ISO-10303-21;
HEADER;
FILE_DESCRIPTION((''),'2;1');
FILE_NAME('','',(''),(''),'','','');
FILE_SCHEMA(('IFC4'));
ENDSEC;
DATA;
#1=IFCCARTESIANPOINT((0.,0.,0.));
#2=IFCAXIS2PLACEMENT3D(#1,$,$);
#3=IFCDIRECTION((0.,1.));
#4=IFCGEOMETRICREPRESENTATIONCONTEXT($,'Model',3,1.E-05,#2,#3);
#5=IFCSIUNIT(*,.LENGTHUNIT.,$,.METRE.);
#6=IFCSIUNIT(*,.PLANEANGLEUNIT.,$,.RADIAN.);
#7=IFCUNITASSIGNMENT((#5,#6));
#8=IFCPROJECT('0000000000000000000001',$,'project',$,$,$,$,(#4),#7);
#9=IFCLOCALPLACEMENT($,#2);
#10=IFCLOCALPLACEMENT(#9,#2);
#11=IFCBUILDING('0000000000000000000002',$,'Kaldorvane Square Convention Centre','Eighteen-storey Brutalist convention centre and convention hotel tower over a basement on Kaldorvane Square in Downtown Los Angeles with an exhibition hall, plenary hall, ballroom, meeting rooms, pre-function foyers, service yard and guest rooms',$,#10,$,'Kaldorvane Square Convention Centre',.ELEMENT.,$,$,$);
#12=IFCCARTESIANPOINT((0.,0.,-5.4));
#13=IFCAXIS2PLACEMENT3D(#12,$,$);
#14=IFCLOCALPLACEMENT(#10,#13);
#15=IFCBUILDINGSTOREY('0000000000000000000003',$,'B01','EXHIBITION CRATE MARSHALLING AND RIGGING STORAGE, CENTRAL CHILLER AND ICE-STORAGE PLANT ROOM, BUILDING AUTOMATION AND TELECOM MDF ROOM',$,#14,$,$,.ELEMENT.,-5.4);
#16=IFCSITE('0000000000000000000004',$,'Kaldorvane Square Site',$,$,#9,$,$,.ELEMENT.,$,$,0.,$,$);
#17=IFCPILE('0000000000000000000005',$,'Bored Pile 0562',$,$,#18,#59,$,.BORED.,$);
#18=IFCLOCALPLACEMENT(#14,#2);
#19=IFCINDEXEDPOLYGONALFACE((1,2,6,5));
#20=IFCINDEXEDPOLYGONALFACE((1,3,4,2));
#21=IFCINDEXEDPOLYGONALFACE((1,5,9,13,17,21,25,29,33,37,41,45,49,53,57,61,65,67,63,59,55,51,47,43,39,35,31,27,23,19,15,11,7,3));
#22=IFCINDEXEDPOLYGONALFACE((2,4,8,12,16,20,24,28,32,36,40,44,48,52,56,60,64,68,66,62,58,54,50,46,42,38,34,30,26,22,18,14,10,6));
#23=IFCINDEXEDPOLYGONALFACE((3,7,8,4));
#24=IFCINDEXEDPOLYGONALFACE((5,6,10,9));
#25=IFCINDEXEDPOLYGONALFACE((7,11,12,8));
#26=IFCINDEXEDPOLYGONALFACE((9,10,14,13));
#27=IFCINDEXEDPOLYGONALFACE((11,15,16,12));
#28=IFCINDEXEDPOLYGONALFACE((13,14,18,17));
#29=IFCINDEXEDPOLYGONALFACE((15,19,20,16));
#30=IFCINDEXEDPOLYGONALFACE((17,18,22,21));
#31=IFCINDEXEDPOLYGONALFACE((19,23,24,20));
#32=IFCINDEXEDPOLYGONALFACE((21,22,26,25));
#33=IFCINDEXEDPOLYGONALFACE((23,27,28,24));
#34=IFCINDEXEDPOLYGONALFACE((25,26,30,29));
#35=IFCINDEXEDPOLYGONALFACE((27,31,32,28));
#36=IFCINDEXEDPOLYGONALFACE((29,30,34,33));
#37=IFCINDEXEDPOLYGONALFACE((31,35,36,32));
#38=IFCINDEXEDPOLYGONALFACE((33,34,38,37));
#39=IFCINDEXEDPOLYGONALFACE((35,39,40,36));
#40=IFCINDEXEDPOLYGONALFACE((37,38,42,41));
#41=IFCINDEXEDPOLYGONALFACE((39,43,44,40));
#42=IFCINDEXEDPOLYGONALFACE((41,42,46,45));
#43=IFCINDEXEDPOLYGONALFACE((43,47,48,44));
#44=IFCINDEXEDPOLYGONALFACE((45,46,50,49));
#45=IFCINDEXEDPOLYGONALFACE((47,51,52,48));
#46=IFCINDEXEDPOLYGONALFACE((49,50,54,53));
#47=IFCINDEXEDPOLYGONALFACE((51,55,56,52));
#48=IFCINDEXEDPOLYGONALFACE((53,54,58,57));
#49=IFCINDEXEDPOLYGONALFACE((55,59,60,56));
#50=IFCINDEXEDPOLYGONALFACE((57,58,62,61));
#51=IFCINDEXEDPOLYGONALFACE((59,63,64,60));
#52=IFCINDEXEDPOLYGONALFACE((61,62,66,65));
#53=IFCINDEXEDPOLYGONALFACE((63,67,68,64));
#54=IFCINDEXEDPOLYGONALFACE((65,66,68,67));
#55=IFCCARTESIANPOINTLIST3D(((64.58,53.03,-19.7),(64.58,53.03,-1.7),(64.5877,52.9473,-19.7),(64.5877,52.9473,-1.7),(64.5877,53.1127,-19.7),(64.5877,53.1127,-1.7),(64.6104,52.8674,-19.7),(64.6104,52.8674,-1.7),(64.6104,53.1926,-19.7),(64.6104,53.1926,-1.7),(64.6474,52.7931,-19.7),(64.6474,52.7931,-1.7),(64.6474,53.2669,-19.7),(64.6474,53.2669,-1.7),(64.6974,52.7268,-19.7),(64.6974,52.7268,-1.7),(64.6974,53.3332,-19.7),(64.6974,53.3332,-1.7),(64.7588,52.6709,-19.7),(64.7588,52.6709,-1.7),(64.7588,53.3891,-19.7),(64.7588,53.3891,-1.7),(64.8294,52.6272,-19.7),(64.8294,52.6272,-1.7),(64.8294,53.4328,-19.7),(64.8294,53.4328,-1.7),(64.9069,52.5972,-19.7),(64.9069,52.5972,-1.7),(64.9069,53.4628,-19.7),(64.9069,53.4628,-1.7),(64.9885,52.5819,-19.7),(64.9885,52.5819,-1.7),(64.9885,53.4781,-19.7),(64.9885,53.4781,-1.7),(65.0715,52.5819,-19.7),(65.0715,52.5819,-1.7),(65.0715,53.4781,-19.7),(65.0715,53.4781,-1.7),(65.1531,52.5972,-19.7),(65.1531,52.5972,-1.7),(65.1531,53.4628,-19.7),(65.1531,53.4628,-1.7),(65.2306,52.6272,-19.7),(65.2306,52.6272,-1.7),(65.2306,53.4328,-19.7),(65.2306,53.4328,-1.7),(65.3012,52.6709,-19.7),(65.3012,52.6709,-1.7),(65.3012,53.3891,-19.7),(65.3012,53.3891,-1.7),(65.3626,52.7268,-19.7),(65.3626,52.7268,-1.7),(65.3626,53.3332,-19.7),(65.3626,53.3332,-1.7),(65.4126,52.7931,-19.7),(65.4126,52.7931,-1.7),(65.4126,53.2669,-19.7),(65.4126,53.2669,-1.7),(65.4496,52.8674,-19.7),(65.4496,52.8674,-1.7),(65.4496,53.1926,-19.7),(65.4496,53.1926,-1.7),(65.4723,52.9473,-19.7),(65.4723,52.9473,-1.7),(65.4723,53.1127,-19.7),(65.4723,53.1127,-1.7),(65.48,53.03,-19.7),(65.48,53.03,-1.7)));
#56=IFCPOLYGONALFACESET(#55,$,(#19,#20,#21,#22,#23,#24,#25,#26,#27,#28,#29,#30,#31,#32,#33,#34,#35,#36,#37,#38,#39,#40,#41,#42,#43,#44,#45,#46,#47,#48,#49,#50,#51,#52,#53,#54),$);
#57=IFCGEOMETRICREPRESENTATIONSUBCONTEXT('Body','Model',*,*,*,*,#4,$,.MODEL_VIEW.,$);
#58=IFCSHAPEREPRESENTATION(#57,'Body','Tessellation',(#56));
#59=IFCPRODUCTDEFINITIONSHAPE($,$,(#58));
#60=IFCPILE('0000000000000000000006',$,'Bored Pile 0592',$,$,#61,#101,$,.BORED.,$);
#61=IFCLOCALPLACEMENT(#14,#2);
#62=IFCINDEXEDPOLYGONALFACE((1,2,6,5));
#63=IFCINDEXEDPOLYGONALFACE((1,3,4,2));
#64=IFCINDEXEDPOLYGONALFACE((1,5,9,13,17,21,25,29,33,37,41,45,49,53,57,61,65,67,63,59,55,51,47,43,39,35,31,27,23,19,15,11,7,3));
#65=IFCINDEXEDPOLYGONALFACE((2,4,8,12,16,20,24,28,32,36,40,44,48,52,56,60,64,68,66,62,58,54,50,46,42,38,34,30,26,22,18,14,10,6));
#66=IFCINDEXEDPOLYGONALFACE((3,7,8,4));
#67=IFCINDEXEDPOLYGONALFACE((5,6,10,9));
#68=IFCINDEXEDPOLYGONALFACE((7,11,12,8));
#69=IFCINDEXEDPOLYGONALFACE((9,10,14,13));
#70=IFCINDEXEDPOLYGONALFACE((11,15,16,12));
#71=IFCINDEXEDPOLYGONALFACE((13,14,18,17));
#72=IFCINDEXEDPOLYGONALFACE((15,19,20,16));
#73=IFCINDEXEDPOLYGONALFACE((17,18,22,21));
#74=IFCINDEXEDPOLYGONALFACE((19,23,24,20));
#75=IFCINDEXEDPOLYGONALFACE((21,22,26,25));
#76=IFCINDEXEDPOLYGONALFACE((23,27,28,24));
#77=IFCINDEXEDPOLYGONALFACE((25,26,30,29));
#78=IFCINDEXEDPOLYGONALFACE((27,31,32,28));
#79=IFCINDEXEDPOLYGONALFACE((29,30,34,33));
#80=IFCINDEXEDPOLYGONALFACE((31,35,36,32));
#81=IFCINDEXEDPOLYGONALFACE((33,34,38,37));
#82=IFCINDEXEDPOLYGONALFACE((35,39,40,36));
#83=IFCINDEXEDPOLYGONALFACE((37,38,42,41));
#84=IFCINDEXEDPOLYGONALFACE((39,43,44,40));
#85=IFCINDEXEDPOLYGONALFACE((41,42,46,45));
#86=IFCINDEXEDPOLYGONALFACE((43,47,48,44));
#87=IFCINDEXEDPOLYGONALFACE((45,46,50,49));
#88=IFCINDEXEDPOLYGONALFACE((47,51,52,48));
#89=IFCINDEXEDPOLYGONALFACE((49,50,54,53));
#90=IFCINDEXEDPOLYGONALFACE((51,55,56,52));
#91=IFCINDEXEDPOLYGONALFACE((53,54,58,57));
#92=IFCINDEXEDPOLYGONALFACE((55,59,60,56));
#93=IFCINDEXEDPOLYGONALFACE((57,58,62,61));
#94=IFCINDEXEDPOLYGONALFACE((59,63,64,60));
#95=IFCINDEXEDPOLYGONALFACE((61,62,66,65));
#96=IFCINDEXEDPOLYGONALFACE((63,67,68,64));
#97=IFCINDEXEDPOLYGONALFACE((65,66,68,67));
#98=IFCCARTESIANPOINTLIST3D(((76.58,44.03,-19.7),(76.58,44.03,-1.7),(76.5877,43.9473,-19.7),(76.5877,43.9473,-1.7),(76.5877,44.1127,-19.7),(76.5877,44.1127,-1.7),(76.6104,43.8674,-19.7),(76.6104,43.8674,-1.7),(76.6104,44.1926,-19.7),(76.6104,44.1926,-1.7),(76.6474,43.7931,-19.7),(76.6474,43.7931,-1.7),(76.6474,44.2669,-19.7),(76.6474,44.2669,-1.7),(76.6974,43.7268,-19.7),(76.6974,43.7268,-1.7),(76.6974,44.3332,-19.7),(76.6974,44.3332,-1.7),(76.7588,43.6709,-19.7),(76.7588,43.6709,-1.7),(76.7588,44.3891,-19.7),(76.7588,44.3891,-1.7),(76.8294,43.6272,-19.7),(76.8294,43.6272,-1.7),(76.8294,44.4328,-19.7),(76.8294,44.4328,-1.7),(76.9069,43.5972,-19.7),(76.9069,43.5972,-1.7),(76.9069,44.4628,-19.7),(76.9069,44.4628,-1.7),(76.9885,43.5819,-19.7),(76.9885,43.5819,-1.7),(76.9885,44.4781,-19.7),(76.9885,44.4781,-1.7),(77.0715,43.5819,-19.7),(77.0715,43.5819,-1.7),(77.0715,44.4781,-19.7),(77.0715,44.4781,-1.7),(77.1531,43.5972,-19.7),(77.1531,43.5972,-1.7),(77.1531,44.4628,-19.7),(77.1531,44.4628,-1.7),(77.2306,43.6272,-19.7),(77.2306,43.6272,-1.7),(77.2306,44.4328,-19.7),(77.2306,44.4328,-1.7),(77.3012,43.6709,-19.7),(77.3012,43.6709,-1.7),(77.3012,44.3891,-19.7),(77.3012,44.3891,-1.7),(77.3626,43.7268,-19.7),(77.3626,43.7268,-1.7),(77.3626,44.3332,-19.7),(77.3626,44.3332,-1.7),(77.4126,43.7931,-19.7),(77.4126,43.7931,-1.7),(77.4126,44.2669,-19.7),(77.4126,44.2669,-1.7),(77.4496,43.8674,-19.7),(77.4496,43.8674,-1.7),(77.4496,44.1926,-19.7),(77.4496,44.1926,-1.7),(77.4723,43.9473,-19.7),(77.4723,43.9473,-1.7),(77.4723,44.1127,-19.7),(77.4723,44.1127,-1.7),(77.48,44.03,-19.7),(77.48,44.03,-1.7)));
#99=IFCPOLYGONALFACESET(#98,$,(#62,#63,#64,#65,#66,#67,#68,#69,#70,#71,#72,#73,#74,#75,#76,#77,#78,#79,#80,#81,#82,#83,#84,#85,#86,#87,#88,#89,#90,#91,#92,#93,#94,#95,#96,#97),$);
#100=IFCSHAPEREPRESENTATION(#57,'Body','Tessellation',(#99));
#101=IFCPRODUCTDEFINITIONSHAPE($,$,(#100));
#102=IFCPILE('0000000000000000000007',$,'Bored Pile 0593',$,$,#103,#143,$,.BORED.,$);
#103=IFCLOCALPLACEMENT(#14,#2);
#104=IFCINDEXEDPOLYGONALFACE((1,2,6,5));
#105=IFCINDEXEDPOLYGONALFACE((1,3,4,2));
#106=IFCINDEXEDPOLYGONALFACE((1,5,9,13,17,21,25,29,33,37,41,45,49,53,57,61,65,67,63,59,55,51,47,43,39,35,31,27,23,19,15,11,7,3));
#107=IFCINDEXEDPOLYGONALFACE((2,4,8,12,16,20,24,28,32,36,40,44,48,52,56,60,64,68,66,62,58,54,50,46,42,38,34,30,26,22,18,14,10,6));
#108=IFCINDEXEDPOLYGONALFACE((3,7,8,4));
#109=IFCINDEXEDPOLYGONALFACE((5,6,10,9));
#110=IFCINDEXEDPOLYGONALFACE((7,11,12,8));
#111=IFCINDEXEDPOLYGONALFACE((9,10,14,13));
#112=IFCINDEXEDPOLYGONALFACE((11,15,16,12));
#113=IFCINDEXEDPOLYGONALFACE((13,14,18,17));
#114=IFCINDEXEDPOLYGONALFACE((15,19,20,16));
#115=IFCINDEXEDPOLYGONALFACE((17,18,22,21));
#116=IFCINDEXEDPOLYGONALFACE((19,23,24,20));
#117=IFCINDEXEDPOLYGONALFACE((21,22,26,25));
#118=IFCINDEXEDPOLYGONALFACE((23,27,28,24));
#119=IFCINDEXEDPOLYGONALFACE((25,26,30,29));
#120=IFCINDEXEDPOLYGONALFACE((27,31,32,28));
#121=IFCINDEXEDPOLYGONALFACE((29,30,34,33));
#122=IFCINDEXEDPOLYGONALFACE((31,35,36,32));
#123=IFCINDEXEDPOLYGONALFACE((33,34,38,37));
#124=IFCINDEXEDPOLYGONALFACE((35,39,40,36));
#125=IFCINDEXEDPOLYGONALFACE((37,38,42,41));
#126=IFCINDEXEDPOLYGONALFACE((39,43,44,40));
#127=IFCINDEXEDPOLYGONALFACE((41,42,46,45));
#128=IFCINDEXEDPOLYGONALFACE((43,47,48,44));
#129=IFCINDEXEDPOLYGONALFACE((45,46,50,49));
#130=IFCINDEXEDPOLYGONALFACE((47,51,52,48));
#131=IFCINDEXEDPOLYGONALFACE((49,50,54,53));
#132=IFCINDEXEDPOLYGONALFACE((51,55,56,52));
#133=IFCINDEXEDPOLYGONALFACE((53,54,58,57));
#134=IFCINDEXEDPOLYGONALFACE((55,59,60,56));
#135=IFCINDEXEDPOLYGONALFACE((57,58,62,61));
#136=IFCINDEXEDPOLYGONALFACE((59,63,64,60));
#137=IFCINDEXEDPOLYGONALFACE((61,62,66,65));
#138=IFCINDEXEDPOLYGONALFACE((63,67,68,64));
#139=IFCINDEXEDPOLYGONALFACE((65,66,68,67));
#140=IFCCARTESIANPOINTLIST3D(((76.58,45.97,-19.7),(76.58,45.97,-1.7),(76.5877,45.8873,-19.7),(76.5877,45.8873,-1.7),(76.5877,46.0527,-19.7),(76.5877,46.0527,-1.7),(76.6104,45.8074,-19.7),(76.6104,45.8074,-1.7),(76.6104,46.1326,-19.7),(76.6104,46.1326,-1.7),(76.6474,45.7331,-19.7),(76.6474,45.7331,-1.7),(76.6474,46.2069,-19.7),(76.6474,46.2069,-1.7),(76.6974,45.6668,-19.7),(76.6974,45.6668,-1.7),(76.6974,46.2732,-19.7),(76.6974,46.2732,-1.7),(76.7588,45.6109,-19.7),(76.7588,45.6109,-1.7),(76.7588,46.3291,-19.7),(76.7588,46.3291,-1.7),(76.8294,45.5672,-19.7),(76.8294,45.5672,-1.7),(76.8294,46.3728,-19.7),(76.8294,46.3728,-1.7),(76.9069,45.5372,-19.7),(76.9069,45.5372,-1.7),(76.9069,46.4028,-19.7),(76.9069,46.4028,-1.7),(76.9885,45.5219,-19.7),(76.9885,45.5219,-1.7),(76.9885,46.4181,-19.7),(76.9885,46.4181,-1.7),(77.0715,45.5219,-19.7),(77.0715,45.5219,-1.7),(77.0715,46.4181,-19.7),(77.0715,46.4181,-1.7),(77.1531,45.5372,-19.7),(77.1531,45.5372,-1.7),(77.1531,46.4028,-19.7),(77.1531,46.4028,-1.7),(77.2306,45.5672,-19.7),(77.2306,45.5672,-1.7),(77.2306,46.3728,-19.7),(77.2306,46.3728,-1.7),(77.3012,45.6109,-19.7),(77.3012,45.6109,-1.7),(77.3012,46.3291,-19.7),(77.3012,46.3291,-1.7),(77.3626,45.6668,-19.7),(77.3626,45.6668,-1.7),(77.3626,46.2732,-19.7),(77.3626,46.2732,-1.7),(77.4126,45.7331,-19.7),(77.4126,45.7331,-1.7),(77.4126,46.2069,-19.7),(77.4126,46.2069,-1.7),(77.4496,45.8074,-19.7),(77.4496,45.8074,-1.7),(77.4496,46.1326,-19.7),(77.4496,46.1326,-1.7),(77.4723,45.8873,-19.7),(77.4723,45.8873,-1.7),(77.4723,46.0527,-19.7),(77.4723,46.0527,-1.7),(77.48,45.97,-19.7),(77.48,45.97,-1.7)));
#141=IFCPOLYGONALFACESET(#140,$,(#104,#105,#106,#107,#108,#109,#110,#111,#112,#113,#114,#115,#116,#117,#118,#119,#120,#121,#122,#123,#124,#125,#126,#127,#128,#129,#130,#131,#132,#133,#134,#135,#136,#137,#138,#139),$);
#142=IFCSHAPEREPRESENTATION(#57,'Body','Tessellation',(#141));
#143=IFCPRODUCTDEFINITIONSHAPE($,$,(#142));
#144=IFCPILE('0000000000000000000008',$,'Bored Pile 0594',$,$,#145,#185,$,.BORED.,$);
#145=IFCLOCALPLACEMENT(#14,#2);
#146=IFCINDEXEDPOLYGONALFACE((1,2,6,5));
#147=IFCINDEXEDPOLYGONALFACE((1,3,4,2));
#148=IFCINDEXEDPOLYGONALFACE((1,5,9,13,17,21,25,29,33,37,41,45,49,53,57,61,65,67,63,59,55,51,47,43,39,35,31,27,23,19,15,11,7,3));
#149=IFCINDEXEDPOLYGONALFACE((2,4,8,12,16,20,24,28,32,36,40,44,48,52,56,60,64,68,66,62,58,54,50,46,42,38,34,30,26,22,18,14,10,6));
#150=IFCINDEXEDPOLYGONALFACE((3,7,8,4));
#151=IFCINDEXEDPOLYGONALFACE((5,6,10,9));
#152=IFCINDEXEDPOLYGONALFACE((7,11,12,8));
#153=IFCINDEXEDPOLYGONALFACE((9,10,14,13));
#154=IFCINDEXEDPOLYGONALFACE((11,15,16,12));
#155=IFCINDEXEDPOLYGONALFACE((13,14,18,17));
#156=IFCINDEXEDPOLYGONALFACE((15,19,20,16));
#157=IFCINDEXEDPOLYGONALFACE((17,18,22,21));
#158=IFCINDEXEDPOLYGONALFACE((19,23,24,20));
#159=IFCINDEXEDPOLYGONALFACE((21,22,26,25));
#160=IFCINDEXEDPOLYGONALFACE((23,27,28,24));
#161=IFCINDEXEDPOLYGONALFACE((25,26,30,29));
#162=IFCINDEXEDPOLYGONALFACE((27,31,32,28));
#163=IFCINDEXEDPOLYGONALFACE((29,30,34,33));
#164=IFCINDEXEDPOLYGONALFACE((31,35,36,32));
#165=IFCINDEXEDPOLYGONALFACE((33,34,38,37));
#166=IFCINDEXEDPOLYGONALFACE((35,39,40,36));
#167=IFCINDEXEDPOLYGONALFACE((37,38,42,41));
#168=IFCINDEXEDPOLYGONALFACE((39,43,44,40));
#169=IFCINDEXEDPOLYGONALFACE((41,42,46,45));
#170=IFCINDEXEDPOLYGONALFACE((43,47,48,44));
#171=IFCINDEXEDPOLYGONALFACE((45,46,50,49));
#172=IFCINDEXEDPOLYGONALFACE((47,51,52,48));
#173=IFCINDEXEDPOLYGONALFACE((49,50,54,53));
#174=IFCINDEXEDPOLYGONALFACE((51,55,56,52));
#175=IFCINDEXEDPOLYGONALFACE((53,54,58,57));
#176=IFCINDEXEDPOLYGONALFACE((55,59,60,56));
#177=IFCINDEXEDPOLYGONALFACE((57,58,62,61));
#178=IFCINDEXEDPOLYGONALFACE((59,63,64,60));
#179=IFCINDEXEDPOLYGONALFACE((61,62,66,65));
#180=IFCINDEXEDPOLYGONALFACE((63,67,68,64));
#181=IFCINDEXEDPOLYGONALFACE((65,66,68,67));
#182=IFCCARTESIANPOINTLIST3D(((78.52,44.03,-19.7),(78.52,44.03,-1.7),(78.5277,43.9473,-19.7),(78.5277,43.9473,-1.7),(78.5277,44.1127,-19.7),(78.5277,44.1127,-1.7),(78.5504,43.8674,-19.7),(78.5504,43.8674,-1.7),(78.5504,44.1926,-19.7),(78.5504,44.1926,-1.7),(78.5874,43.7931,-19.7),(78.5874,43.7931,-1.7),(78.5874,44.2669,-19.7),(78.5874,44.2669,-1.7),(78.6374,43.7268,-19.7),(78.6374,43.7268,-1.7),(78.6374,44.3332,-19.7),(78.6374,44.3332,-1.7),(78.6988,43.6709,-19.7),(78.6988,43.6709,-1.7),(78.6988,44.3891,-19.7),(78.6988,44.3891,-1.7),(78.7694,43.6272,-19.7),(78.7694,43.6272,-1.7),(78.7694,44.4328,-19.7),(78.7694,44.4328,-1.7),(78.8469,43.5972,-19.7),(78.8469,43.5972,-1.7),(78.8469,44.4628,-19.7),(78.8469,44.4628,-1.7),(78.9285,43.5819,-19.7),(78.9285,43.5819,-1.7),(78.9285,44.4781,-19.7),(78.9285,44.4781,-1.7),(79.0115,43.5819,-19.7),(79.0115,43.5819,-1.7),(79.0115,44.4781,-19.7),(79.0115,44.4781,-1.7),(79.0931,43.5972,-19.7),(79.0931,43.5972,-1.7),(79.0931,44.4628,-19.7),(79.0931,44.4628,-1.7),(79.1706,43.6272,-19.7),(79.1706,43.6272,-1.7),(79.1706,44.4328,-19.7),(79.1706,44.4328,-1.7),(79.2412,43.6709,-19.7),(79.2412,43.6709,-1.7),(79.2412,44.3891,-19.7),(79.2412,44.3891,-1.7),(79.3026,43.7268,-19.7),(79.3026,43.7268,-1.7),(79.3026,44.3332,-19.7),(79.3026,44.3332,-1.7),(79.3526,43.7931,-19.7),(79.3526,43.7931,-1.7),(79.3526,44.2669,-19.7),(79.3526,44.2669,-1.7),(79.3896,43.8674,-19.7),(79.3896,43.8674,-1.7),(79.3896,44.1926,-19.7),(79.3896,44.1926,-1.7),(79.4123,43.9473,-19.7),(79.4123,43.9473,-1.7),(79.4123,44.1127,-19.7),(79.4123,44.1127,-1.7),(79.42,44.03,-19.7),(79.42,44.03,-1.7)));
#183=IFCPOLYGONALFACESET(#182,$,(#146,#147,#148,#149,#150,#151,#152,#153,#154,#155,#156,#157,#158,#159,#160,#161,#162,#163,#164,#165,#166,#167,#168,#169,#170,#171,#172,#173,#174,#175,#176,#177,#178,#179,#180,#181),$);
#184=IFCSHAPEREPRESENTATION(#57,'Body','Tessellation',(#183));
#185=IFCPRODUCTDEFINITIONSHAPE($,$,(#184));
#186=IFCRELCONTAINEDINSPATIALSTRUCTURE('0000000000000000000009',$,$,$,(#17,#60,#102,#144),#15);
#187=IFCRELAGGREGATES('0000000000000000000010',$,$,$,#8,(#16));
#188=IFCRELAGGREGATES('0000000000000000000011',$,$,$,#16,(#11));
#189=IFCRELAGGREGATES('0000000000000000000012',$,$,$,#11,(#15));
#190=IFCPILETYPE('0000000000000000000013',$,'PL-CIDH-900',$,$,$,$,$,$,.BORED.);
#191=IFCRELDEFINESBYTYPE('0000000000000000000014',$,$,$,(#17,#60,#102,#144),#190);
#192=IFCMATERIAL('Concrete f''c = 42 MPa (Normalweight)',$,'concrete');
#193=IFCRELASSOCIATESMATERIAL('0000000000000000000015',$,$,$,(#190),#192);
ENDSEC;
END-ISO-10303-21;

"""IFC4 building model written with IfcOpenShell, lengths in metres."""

from ifc_helpers import new_model, si_unit, direction, frame, origin, origin_2d, place, context, subcontext, project, spatial, circle, extrude, material, material_profile, profile_set, type_object, element, save


model = new_model("IFC4")

# Units and contexts
model_context = context("Model", 3, precision=1e-05, world=origin(), true_north=direction((0.0, 1.0)))
body_context = subcontext(model_context, "Body", "Model", "MODEL_VIEW")
ifc_project = project(units=[si_unit("LENGTHUNIT", "METRE"), si_unit("PLANEANGLEUNIT", "RADIAN")], contexts=[model_context])

# Site, building, storey
site_placement = place(None, origin())
site = spatial("IfcSite", under=ifc_project, at=site_placement, Name="Kaldorvane Square Site", CompositionType="ELEMENT", RefElevation=0.0)
building_placement = place(site_placement, origin())
building = spatial("IfcBuilding", under=site, at=building_placement, Name="Kaldorvane Square Convention Centre", Description="Eighteen-storey Brutalist convention centre and convention hotel tower over a basement on Kaldorvane Square in Downtown Los Angeles with an exhibition hall, plenary hall, ballroom, meeting rooms, pre-function foyers, service yard and guest rooms", LongName="Kaldorvane Square Convention Centre", CompositionType="ELEMENT")
storey_placement = place(building_placement, frame((0.0, 0.0, -5.4)))
storey = spatial("IfcBuildingStorey", under=building, at=storey_placement, Name="B01", Description="EXHIBITION CRATE MARSHALLING AND RIGGING STORAGE, CENTRAL CHILLER AND ICE-STORAGE PLANT ROOM, BUILDING AUTOMATION AND TELECOM MDF ROOM", CompositionType="ELEMENT", Elevation=-5.4)

# Shared definitions
ifc_material_1 = material(Name="Concrete f'c = 42 MPa (Normalweight)", Category="concrete")

# Piles
ifc_material_profile_1 = material_profile(ifc_material_1, circle(Radius=0.45, at=origin_2d()), Name="PILE-D900")
ifc_profile_set_1 = profile_set([ifc_material_profile_1], Name="Concrete f'c = 42 MPa (Normalweight)")
pile_type = type_object("IfcPileType", Name="PL-CIDH-900", PredefinedType="BORED", material=ifc_profile_set_1)
for number, where, z_axis, x_axis, name in (
    (1, (65.03, 53.03, -1.7), (0.0, 0.0, -1.0), (1.0, 0.0, 0.0), "Bored Pile 0562"),
    (2, (77.03, 44.03, -1.7), (0.0, 0.0, -1.0), (1.0, 0.0, 0.0), "Bored Pile 0592"),
    (3, (77.03, 45.97, -1.7), (0.0, 0.0, -1.0), (1.0, 0.0, 0.0), "Bored Pile 0593"),
    (4, (78.97, 44.03, -1.7), (0.0, 0.0, -1.0), (1.0, 0.0, 0.0), "Bored Pile 0594"),
):
    element("IfcPile", number, at=place(storey_placement, frame(where, z_axis=z_axis, x_axis=x_axis)), inside=storey, type_object=pile_type, Name=name, PredefinedType="BORED", context=body_context, shape_type="SweptSolid", body=[
        extrude(circle(Radius=0.45, at=origin_2d()), origin(), (0.0, 0.0, 1.0), 18.0),
    ])

save(model, "model.ifc")
